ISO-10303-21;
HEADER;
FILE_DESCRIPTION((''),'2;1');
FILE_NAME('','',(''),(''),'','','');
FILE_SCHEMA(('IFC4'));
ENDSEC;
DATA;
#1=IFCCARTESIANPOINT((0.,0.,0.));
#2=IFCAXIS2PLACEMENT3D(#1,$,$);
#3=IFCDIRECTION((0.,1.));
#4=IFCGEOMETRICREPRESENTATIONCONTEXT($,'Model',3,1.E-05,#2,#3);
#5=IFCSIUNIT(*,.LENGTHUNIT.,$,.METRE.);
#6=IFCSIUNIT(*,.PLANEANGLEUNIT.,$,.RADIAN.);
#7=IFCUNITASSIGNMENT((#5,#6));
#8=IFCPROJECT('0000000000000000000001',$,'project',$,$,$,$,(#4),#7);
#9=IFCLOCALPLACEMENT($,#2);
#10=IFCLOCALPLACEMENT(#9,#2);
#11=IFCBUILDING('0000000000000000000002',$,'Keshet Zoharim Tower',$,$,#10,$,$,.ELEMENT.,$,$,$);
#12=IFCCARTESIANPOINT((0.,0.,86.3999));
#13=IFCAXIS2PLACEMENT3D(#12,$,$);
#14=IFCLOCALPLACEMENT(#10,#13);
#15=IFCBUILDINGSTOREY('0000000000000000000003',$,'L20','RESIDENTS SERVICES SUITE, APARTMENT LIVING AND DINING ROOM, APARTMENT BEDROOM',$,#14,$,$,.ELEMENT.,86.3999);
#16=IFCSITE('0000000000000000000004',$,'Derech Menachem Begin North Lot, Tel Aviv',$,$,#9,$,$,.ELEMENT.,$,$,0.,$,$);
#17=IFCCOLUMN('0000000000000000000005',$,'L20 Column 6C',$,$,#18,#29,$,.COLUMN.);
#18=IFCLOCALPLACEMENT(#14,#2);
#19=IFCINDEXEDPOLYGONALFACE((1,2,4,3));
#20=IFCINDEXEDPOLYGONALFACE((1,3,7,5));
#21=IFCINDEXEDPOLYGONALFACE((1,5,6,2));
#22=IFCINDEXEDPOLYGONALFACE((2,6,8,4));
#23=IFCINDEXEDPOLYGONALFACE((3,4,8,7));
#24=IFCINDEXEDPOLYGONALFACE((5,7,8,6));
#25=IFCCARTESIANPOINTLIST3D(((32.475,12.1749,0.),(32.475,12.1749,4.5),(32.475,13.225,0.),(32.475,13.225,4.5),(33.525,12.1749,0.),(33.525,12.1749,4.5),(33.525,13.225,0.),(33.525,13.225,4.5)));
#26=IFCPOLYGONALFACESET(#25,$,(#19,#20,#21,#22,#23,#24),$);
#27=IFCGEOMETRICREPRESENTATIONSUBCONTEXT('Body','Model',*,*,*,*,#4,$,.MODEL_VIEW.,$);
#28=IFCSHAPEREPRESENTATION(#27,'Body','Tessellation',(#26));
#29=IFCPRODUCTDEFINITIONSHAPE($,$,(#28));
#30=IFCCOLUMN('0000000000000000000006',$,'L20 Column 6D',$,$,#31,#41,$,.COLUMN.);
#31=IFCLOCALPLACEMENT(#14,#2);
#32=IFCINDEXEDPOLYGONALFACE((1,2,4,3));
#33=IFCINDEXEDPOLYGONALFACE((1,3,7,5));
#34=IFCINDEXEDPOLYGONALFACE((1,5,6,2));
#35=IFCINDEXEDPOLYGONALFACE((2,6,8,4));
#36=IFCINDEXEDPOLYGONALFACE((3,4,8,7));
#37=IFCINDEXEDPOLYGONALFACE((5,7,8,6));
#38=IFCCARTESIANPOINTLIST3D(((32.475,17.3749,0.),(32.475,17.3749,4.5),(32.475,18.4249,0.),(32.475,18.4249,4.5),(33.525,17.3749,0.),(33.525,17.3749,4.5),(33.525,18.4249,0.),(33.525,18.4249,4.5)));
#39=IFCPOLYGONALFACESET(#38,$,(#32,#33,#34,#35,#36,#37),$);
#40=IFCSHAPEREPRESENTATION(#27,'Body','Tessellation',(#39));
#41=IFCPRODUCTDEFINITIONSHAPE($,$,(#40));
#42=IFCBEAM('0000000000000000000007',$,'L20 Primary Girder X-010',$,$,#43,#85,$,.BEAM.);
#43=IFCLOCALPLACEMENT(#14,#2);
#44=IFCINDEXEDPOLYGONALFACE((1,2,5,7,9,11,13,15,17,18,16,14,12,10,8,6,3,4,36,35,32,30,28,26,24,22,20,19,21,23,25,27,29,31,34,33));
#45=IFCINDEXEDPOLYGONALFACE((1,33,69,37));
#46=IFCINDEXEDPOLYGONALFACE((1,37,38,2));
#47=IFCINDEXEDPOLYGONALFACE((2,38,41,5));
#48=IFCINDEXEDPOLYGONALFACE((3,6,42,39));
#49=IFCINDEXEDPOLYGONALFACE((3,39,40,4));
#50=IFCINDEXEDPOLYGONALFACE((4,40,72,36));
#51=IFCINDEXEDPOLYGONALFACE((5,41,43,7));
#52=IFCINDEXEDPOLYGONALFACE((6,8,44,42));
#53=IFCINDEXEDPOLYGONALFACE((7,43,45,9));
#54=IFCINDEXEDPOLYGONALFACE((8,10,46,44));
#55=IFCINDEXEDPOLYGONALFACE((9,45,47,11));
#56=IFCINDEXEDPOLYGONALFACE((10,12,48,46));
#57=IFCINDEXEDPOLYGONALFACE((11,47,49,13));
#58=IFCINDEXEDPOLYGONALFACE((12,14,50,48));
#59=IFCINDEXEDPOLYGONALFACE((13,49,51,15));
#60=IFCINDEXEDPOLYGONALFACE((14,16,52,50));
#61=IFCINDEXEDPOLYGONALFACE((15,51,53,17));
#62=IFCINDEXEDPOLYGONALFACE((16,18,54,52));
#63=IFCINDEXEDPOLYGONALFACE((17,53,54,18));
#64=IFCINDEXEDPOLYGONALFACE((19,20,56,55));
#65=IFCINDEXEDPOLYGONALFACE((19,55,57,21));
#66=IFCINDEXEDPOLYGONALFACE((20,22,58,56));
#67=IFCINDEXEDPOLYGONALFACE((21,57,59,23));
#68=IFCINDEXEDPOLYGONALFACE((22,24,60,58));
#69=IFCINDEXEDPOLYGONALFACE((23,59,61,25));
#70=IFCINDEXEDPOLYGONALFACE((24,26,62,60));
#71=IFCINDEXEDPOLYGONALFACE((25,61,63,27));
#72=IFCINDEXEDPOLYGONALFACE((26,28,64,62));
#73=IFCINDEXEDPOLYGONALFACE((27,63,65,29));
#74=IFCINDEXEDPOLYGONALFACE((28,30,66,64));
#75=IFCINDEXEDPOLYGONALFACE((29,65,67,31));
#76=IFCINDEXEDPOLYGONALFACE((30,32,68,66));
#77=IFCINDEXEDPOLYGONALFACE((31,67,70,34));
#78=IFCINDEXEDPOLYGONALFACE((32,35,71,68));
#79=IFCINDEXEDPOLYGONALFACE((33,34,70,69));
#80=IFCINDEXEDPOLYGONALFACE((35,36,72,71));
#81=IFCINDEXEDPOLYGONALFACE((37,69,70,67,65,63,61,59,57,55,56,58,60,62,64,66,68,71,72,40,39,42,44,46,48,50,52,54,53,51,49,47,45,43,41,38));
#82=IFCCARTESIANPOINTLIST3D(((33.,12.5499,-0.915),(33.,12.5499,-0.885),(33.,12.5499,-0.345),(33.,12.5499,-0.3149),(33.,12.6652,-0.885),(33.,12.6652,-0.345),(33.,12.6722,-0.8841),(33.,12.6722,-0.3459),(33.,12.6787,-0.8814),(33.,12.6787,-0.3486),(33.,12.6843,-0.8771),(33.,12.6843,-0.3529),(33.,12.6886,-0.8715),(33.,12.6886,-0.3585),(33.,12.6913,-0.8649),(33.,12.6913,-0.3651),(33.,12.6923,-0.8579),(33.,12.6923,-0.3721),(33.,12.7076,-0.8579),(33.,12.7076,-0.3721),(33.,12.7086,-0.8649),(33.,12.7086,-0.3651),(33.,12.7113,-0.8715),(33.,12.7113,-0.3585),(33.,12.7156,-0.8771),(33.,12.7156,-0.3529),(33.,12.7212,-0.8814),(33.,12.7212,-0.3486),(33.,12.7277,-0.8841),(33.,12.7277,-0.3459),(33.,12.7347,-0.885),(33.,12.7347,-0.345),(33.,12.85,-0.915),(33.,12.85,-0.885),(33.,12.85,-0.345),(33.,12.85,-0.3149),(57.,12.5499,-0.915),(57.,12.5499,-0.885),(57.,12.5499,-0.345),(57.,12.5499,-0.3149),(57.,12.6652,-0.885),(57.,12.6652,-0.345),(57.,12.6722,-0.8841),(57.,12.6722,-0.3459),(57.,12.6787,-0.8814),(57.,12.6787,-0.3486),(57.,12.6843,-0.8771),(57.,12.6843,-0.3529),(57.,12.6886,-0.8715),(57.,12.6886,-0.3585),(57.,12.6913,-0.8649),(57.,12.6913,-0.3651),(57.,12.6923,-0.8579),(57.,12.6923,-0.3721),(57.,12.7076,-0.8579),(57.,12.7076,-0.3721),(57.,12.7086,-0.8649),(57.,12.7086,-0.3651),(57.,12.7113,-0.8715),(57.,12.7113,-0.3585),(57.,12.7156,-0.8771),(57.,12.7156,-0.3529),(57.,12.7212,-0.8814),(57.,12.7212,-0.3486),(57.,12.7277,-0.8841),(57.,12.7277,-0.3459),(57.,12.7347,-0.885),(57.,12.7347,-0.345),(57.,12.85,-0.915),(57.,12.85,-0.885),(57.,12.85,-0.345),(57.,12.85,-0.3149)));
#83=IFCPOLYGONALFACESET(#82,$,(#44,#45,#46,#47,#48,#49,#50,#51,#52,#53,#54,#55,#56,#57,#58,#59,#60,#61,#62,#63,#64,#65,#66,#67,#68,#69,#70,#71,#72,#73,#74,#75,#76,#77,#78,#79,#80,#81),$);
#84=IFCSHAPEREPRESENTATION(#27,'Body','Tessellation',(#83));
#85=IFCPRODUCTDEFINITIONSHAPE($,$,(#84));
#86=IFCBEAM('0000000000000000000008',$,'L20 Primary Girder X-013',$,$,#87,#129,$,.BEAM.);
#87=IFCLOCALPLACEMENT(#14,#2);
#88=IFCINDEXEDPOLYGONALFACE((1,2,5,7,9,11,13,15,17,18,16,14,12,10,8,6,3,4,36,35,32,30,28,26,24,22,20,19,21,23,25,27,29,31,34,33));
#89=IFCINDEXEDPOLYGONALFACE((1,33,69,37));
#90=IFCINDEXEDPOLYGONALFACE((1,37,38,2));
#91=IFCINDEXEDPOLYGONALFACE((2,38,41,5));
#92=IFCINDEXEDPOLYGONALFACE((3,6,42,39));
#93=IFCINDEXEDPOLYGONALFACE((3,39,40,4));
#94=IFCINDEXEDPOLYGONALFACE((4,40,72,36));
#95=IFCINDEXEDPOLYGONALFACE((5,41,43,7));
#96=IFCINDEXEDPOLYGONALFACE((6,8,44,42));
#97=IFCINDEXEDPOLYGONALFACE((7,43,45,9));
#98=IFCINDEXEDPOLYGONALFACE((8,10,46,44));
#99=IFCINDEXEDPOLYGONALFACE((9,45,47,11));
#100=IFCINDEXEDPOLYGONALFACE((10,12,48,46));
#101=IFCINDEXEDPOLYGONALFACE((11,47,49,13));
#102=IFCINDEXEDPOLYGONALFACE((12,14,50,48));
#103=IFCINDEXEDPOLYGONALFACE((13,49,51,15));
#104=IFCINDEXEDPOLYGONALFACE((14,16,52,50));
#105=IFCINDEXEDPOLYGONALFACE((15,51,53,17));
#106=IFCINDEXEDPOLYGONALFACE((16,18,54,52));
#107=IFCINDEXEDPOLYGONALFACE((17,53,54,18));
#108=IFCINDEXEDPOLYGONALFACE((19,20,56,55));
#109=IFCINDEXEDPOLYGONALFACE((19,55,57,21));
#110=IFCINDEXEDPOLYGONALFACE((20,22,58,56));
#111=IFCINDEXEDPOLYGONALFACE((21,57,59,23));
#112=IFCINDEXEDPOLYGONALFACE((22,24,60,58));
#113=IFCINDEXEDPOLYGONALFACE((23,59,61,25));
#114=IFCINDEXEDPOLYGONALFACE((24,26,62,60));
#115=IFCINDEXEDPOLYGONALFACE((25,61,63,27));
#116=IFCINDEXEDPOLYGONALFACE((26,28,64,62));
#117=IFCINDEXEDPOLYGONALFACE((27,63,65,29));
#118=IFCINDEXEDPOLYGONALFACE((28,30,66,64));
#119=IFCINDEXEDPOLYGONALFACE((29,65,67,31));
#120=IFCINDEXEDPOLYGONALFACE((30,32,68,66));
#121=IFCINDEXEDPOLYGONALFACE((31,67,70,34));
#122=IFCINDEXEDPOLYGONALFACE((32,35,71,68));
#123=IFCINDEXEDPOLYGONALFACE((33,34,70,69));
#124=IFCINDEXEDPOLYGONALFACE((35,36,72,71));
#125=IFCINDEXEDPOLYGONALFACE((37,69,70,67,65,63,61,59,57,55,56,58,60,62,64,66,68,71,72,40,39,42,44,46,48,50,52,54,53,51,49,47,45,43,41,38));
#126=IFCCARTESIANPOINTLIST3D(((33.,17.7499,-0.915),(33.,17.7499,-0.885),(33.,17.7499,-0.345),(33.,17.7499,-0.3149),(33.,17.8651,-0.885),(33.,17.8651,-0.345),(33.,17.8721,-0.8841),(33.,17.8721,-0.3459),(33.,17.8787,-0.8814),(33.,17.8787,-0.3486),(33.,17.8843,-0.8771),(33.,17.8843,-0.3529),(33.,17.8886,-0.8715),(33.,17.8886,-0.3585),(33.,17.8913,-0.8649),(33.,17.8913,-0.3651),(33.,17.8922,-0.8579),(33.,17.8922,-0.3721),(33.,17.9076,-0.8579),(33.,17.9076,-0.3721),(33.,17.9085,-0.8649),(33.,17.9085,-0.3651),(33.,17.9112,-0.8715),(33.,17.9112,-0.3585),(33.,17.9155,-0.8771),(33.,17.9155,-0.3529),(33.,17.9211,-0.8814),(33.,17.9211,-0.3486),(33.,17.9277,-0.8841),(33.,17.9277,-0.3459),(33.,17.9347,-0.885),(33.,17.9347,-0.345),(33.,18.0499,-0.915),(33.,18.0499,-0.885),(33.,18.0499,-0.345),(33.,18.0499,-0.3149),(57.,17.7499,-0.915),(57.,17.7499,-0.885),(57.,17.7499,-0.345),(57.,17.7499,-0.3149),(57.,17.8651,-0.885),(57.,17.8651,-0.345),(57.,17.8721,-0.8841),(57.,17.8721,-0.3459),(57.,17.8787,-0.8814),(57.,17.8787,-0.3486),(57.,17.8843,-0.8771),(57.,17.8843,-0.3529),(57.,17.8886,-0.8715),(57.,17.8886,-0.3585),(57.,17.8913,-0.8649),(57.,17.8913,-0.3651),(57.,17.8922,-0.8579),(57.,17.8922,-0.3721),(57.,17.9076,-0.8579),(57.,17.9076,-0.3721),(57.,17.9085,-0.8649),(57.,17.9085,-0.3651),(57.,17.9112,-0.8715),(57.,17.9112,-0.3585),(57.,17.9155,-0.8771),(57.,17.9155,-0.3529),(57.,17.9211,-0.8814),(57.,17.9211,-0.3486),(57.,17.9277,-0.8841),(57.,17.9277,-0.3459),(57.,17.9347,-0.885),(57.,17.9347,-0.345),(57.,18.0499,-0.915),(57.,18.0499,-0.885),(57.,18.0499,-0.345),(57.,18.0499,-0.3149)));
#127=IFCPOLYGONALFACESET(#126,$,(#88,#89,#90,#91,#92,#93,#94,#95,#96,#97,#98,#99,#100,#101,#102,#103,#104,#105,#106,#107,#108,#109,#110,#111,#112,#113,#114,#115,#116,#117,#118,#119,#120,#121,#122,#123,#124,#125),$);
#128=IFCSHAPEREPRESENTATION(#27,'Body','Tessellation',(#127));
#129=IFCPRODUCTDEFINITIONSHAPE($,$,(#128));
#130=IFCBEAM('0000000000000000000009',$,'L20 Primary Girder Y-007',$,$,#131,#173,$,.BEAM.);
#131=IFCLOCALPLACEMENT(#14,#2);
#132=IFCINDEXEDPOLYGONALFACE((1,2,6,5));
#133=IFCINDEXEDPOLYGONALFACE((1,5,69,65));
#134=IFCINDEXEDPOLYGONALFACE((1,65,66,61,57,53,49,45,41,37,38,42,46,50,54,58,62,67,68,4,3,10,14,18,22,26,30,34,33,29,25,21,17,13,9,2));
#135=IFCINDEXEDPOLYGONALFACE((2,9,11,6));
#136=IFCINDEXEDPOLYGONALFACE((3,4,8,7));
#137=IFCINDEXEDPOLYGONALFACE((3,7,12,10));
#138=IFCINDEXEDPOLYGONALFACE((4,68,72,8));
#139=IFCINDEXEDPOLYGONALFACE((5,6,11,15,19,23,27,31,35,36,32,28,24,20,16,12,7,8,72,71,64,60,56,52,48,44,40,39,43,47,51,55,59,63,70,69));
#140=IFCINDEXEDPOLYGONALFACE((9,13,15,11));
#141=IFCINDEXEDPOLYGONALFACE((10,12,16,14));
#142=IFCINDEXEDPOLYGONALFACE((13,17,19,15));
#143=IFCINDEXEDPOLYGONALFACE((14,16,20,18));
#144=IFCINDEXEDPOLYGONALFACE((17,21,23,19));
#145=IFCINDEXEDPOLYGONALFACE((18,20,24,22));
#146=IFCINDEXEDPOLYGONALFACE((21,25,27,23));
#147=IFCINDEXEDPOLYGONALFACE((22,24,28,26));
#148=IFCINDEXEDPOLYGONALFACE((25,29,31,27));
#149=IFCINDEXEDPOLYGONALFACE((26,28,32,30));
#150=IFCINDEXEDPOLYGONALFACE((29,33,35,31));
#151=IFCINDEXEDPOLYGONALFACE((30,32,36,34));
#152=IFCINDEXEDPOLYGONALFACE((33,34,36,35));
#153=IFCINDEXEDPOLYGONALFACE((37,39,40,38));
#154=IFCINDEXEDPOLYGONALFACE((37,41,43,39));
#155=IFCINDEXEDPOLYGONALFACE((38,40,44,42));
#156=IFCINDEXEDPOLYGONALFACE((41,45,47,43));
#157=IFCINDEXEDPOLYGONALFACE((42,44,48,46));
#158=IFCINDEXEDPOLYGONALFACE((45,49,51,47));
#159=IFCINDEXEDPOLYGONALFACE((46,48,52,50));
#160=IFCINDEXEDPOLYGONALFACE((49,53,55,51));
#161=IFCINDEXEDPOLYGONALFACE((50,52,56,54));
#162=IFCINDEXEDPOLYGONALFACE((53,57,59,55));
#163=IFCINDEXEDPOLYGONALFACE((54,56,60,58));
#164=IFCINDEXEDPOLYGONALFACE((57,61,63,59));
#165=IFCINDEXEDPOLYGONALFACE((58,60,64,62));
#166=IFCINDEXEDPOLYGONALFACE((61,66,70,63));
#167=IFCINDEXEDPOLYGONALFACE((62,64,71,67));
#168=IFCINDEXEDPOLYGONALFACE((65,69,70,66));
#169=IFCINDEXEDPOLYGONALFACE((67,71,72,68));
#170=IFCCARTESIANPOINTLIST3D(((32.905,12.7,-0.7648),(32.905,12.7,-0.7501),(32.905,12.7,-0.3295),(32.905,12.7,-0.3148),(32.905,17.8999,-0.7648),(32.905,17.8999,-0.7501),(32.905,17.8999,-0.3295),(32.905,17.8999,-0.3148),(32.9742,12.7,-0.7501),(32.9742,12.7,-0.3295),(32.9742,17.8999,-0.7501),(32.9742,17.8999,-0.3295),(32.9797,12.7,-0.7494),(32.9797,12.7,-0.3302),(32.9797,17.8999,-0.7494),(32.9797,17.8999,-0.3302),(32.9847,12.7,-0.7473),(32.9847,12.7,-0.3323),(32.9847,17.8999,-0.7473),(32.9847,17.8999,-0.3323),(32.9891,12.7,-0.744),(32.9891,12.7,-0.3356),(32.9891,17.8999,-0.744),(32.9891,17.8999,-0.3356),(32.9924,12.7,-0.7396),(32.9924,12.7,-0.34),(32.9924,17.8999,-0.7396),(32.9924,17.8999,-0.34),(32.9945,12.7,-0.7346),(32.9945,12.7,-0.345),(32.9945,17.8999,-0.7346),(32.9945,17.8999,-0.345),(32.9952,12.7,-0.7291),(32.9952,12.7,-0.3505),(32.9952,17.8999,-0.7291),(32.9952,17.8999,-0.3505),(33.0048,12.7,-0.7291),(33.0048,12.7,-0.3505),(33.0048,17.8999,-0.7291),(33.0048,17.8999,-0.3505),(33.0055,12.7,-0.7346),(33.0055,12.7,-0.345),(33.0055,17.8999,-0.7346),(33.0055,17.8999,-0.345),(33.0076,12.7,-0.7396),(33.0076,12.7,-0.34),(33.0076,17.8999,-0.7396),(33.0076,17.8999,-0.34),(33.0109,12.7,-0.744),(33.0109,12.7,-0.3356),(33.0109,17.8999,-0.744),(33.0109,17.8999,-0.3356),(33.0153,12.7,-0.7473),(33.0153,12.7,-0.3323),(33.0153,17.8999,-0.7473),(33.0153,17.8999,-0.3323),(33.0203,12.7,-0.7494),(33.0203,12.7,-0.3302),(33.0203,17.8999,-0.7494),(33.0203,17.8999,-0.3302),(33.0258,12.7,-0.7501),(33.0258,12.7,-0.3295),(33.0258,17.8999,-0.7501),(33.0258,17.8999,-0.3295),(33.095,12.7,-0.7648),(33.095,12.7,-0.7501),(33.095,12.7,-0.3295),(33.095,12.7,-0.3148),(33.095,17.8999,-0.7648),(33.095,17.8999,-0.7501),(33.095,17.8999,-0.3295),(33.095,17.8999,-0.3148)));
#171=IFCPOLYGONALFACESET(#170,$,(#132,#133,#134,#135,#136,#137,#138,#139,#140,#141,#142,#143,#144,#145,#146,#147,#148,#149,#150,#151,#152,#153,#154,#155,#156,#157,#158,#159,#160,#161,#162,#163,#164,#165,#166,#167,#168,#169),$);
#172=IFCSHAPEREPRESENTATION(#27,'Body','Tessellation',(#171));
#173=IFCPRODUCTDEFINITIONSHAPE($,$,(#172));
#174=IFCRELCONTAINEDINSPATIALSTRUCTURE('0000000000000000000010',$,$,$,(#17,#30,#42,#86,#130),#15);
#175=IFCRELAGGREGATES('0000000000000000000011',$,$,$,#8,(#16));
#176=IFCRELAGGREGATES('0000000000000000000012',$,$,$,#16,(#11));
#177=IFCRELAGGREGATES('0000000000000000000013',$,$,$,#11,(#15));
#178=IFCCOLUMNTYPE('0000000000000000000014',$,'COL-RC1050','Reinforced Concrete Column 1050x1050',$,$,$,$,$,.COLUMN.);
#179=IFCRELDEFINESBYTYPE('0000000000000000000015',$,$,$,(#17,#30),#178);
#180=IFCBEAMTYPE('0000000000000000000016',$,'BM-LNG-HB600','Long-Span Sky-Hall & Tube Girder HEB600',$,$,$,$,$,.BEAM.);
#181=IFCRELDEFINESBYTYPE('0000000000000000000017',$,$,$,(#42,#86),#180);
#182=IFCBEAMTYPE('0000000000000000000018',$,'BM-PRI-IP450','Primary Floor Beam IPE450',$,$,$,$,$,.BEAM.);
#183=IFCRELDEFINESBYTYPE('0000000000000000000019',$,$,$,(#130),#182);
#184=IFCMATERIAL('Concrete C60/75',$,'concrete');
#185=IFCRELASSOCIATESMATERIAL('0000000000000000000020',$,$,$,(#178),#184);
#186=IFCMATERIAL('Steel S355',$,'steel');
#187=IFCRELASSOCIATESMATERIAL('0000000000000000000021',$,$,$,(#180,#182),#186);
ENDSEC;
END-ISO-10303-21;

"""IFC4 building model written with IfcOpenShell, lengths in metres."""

from ifc_helpers import new_model, si_unit, direction, frame, origin, origin_2d, place, context, subcontext, project, spatial, rectangle, i_section, extrude, material, material_profile, profile_set, type_object, element, save


model = new_model("IFC4")

# Units and contexts
model_context = context("Model", 3, precision=1e-05, world=origin(), true_north=direction((0.0, 1.0)))
body_context = subcontext(model_context, "Body", "Model", "MODEL_VIEW")
ifc_project = project(units=[si_unit("LENGTHUNIT", "METRE"), si_unit("PLANEANGLEUNIT", "RADIAN")], contexts=[model_context])

# Site, building, storey
site_placement = place(None, origin())
site = spatial("IfcSite", under=ifc_project, at=site_placement, Name="Derech Menachem Begin North Lot, Tel Aviv", CompositionType="ELEMENT", RefElevation=0.0)
building_placement = place(site_placement, origin())
building = spatial("IfcBuilding", under=site, at=building_placement, Name="Keshet Zoharim Tower", CompositionType="ELEMENT")
storey_placement = place(building_placement, frame((0.0, 0.0, 86.3999)))
storey = spatial("IfcBuildingStorey", under=building, at=storey_placement, Name="L20", Description="RESIDENTS SERVICES SUITE, APARTMENT LIVING AND DINING ROOM, APARTMENT BEDROOM", CompositionType="ELEMENT", Elevation=86.3999)

# Columns
ifc_material_1 = material(Name="Concrete C60/75", Category="concrete")
ifc_material_profile_1 = material_profile(ifc_material_1, rectangle(XDim=1.05, YDim=1.05, at=origin_2d()), Name="RC1050x1050")
ifc_profile_set_1 = profile_set([ifc_material_profile_1], Name="Concrete C60/75")
column_type = type_object("IfcColumnType", Name="COL-RC1050", Description="Reinforced Concrete Column 1050x1050", PredefinedType="COLUMN", material=ifc_profile_set_1)
for number, where, z_axis, x_axis, name in (
    (1, (33.0, 12.7, 0.0), (0.0, 0.0, 1.0), (1.0, 0.0, 0.0), "L20 Column 6C"),
    (2, (33.0, 17.8999, 0.0), (0.0, 0.0, 1.0), (1.0, 0.0, 0.0), "L20 Column 6D"),
):
    element("IfcColumn", number, at=place(storey_placement, frame(where, z_axis=z_axis, x_axis=x_axis)), inside=storey, type_object=column_type, Name=name, PredefinedType="COLUMN", context=body_context, shape_type="SweptSolid", body=[
        extrude(rectangle(XDim=1.05, YDim=1.05, at=origin_2d()), origin(), (0.0, 0.0, 1.0), 4.5),
    ])

# Beams
ifc_material_2 = material(Name="Steel S355", Category="steel")
ifc_material_profile_2 = material_profile(ifc_material_2, i_section(OverallWidth=0.3, OverallDepth=0.6001, WebThickness=0.0154, FlangeThickness=0.03, FilletRadius=0.0271, at=origin_2d()), Name="HEB600")
ifc_profile_set_2 = profile_set([ifc_material_profile_2], Name="Steel S355")
beam_type_1 = type_object("IfcBeamType", Name="BM-LNG-HB600", Description="Long-Span Sky-Hall & Tube Girder HEB600", PredefinedType="BEAM", material=ifc_profile_set_2)
for number, where, z_axis, x_axis, name in (
    (3, (33.0, 12.7, -0.615), (1.0, 0.0, 0.0), (0.0, 1.0, 0.0), "L20 Primary Girder X-010"),
    (4, (33.0, 17.8999, -0.615), (1.0, 0.0, 0.0), (0.0, 1.0, 0.0), "L20 Primary Girder X-013"),
):
    element("IfcBeam", number, at=place(storey_placement, frame(where, z_axis=z_axis, x_axis=x_axis)), inside=storey, type_object=beam_type_1, Name=name, PredefinedType="BEAM", context=body_context, shape_type="SweptSolid", body=[
        extrude(i_section(OverallWidth=0.3, OverallDepth=0.6001, WebThickness=0.0154, FlangeThickness=0.03, FilletRadius=0.0271, at=origin_2d()), origin(), (0.0, 0.0, 1.0), 24.0),
    ])
ifc_material_profile_3 = material_profile(ifc_material_2, i_section(OverallWidth=0.1899, OverallDepth=0.45, WebThickness=0.0095, FlangeThickness=0.0146, FilletRadius=0.021, at=origin_2d()), Name="IPE450")
ifc_profile_set_3 = profile_set([ifc_material_profile_3], Name="Steel S355")
beam_type_2 = type_object("IfcBeamType", Name="BM-PRI-IP450", Description="Primary Floor Beam IPE450", PredefinedType="BEAM", material=ifc_profile_set_3)
beam_1_placement = place(storey_placement, frame((33.0, 12.7, -0.5398), z_axis=(0.0, 1.0, 0.0), x_axis=(-1.0, 0.0, 0.0)))
element("IfcBeam", 5, at=beam_1_placement, inside=storey, type_object=beam_type_2, Name="L20 Primary Girder Y-007", PredefinedType="BEAM", context=body_context, shape_type="SweptSolid", body=[
    extrude(i_section(OverallWidth=0.1899, OverallDepth=0.45, WebThickness=0.0095, FlangeThickness=0.0146, FilletRadius=0.021, at=origin_2d()), origin(), (0.0, 0.0, 1.0), 5.2),
])

save(model, "model.ifc")
